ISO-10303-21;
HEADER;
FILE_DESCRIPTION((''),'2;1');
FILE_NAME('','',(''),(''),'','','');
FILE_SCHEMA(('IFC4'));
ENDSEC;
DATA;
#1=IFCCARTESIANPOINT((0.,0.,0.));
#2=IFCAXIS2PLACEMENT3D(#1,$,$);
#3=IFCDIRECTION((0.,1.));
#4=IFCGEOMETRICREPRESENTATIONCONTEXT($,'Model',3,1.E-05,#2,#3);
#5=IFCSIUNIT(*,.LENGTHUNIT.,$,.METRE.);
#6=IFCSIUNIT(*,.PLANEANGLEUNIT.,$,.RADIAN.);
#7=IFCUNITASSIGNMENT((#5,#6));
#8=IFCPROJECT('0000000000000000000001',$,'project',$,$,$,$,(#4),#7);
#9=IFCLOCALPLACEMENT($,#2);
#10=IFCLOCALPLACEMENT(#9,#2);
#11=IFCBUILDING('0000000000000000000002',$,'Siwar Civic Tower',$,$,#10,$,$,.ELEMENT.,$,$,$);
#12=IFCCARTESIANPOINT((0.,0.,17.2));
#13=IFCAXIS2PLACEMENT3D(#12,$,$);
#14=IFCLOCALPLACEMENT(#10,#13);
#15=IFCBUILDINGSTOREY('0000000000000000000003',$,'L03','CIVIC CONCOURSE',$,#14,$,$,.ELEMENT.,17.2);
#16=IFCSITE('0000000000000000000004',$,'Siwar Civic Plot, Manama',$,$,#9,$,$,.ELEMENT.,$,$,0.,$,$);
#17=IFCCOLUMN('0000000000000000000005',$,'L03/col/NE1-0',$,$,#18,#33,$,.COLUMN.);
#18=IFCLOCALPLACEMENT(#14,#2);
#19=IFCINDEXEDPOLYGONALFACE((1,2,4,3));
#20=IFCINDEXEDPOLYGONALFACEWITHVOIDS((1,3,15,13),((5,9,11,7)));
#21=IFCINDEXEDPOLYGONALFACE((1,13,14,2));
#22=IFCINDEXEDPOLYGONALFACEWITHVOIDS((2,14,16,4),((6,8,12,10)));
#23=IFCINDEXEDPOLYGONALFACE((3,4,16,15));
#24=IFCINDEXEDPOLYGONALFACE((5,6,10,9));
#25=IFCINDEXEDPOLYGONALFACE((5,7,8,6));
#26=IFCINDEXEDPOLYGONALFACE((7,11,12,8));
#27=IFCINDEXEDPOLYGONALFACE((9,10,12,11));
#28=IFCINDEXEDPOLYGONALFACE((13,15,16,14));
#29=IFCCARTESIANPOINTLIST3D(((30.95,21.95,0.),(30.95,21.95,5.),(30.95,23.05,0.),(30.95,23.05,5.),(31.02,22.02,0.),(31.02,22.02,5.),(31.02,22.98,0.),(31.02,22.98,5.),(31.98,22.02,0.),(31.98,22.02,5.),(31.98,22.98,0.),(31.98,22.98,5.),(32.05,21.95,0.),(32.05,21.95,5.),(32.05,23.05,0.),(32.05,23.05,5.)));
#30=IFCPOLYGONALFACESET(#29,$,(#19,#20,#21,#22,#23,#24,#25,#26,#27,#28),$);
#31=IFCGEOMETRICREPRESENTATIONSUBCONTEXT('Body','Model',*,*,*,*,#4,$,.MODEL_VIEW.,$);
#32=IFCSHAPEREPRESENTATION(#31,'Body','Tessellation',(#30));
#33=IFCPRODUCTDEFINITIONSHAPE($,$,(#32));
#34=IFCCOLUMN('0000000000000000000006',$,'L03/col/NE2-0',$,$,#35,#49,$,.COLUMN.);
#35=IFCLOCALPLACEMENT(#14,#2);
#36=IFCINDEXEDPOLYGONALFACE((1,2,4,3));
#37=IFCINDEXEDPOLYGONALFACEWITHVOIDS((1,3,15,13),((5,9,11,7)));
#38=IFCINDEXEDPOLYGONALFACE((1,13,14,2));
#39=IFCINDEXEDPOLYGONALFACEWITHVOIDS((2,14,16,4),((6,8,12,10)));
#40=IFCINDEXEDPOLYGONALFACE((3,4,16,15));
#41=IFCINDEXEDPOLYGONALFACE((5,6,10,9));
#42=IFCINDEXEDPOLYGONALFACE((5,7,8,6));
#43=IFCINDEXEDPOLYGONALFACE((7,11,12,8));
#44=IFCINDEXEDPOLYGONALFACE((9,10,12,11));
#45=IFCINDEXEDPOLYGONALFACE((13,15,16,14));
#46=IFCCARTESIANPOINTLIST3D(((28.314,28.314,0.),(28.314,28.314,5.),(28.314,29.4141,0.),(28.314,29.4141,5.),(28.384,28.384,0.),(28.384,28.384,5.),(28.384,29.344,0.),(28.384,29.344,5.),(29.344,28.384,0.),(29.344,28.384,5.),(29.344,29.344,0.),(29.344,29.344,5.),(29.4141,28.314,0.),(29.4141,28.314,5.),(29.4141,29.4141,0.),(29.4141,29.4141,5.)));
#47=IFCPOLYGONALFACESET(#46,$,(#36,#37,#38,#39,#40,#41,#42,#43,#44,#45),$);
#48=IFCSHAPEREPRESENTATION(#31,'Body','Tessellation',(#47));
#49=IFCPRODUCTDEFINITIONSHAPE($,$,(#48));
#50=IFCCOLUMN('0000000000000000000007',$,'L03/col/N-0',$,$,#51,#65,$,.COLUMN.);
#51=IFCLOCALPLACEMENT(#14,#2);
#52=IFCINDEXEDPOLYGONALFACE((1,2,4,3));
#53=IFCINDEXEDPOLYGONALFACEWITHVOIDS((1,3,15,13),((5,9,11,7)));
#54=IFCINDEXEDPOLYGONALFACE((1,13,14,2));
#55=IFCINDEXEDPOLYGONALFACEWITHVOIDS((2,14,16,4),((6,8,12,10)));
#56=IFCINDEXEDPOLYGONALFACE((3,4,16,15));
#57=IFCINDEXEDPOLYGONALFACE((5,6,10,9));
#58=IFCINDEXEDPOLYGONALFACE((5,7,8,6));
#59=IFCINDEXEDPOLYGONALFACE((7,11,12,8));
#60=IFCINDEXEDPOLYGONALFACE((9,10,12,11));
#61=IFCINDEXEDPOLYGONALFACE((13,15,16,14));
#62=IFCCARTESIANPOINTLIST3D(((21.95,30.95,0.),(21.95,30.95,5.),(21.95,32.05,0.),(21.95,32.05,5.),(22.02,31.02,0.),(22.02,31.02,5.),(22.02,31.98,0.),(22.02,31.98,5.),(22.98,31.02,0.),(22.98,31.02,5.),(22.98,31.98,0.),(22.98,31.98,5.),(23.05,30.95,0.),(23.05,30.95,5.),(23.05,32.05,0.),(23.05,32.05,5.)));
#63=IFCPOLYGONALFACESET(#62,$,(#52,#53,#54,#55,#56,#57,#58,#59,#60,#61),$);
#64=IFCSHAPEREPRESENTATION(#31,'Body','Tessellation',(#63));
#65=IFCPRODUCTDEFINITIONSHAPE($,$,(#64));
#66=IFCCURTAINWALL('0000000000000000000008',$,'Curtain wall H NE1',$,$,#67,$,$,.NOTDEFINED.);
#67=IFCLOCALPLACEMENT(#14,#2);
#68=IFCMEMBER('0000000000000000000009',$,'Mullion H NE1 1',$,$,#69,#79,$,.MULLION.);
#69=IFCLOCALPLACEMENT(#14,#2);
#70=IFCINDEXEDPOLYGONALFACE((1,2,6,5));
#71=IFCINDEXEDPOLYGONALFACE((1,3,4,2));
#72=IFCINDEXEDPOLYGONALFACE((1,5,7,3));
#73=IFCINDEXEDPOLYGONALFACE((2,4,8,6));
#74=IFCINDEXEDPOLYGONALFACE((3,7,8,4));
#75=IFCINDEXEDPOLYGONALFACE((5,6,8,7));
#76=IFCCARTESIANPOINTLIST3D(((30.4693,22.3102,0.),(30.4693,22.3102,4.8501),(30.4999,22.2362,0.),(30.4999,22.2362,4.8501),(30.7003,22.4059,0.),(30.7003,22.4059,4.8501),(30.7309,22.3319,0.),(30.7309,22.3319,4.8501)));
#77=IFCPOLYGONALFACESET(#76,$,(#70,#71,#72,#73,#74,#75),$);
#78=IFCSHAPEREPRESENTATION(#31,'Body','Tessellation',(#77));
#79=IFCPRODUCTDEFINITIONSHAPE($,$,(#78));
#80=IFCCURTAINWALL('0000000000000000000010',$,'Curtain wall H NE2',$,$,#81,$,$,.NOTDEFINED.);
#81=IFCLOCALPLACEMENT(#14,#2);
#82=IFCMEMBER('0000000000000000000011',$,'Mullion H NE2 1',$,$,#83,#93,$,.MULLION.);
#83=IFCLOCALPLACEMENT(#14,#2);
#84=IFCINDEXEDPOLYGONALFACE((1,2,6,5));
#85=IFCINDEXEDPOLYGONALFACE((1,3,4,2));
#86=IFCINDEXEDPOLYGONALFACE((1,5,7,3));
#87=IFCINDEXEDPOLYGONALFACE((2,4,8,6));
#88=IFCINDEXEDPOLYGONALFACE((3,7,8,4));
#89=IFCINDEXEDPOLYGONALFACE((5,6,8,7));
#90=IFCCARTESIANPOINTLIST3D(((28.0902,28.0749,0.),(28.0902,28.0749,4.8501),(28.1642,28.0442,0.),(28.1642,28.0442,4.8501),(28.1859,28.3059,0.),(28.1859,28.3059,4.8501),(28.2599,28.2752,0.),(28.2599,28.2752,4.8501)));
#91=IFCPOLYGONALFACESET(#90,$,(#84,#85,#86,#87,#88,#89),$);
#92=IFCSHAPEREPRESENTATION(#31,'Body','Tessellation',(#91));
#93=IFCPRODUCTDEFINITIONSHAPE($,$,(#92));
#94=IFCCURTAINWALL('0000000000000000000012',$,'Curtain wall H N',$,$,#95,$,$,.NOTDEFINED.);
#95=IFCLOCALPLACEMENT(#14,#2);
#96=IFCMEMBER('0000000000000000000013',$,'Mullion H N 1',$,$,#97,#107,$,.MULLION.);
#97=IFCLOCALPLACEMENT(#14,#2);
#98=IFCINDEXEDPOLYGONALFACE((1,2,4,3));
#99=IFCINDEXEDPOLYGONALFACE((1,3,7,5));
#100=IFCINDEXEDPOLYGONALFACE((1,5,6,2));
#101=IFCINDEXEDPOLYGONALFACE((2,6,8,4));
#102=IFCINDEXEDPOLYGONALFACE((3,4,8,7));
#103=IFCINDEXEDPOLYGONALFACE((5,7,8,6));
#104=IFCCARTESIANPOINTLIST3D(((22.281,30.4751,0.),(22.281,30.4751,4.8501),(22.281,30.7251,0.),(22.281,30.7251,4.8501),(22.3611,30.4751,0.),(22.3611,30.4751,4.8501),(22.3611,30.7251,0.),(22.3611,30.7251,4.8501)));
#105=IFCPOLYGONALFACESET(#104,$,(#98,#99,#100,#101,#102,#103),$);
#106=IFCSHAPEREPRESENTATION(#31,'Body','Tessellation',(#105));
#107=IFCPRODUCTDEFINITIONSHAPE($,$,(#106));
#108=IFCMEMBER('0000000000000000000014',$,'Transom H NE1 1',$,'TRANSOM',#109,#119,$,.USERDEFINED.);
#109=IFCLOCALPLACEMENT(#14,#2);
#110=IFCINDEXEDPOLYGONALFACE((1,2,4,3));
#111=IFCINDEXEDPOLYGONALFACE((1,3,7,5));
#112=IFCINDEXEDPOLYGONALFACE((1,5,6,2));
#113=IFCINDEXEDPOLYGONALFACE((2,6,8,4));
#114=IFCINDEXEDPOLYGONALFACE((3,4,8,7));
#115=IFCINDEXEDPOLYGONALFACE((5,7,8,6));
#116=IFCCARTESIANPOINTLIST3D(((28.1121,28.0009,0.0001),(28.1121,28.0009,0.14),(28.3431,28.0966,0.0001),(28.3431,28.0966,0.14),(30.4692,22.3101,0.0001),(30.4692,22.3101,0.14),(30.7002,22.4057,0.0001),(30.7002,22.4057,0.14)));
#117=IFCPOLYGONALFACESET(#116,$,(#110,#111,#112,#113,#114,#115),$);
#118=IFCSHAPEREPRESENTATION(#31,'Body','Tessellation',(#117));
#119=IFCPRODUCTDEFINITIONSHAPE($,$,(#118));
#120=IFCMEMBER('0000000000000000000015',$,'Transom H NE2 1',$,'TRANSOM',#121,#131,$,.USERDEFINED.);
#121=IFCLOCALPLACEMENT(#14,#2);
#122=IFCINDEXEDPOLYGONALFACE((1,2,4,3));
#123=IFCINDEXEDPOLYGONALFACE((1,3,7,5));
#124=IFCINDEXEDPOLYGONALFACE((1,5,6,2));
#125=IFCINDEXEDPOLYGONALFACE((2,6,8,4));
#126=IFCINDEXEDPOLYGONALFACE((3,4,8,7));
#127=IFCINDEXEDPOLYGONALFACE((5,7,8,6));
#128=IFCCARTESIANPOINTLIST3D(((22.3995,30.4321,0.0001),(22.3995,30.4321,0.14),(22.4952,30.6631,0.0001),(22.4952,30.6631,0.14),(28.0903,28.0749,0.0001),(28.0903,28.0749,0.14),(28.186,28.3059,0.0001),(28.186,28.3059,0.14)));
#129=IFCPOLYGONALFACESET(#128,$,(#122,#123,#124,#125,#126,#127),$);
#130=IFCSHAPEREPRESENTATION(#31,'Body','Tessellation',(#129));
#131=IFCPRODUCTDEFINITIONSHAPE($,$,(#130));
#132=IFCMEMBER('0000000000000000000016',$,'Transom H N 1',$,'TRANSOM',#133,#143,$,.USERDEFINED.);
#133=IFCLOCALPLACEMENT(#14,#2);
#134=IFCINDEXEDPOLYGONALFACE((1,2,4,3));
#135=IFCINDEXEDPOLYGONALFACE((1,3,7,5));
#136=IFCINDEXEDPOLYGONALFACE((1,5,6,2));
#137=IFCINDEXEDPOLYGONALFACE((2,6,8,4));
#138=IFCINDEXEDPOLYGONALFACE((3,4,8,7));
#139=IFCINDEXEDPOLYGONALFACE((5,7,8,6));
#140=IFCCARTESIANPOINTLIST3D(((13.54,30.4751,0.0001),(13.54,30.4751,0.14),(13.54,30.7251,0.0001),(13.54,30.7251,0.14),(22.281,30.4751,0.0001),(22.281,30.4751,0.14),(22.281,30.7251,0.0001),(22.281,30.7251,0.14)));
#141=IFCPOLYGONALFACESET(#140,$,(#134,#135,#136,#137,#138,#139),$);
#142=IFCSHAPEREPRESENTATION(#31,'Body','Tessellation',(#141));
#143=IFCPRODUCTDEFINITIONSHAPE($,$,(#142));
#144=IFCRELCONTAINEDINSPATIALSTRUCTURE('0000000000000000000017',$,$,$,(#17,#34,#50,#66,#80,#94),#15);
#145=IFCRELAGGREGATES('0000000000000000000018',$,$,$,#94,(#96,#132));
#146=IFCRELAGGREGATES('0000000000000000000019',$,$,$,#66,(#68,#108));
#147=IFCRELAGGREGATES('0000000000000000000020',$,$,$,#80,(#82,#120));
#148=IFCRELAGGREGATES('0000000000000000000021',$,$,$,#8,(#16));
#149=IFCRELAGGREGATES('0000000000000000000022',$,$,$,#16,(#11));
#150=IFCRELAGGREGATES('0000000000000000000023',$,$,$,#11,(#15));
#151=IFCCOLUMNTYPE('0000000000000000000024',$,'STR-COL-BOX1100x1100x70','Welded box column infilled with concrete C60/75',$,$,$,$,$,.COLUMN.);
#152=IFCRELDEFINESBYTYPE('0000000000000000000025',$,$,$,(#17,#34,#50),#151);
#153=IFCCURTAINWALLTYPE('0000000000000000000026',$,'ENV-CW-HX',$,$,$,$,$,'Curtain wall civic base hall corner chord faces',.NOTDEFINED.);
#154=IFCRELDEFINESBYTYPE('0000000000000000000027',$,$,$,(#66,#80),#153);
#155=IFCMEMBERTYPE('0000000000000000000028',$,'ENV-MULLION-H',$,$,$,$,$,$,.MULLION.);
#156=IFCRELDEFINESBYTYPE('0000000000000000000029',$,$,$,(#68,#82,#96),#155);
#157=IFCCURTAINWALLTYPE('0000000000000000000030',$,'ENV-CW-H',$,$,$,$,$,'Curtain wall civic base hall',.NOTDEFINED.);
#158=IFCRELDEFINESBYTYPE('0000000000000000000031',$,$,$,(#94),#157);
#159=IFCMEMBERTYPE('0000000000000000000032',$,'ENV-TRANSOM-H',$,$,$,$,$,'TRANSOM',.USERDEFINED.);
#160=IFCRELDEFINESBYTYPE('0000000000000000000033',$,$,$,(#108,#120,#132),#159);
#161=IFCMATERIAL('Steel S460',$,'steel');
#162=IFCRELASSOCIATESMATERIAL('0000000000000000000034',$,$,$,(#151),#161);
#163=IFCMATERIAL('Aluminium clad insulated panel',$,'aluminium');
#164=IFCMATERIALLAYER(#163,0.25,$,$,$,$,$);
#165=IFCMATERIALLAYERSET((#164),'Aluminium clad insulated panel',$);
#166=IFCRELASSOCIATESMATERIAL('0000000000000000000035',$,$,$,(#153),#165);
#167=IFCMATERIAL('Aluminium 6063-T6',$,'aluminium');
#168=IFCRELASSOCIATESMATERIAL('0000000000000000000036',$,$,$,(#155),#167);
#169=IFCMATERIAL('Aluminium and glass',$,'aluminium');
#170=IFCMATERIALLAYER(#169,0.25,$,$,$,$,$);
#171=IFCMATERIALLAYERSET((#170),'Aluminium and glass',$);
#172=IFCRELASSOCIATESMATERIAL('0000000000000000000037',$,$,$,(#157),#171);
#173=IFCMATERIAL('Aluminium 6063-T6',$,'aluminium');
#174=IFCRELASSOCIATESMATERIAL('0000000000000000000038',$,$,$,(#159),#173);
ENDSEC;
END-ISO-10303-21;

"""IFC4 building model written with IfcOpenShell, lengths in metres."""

from ifc_helpers import new_model, si_unit, direction, frame, origin, origin_2d, place, context, subcontext, project, spatial, rectangle, hollow_rectangle, extrude, material, layer, layer_set, material_profile, profile_set, type_object, element, aggregate, save


model = new_model("IFC4")

# Units and contexts
model_context = context("Model", 3, precision=1e-05, world=origin(), true_north=direction((0.0, 1.0)))
body_context = subcontext(model_context, "Body", "Model", "MODEL_VIEW")
ifc_project = project(units=[si_unit("LENGTHUNIT", "METRE"), si_unit("PLANEANGLEUNIT", "RADIAN")], contexts=[model_context])

# Site, building, storey
site_placement = place(None, origin())
site = spatial("IfcSite", under=ifc_project, at=site_placement, Name="Siwar Civic Plot, Manama", CompositionType="ELEMENT", RefElevation=0.0)
building_placement = place(site_placement, origin())
building = spatial("IfcBuilding", under=site, at=building_placement, Name="Siwar Civic Tower", CompositionType="ELEMENT")
storey_placement = place(building_placement, frame((0.0, 0.0, 17.2)))
storey = spatial("IfcBuildingStorey", under=building, at=storey_placement, Name="L03", Description="CIVIC CONCOURSE", CompositionType="ELEMENT", Elevation=17.2)

# Columns
ifc_material_1 = material(Name="Steel S460", Category="steel")
ifc_material_profile_1 = material_profile(ifc_material_1, hollow_rectangle(XDim=1.1001, YDim=1.1001, WallThickness=0.0701, at=origin_2d()), Name="BOX1100x1100x70")
ifc_profile_set_1 = profile_set([ifc_material_profile_1], Name="Steel S460")
column_type = type_object("IfcColumnType", Name="STR-COL-BOX1100x1100x70", Description="Welded box column infilled with concrete C60/75", PredefinedType="COLUMN", material=ifc_profile_set_1)
for number, where, z_axis, x_axis, name in (
    (1, (31.5, 22.5, 0.0), (0.0, 0.0, 1.0), (1.0, 0.0, 0.0), "L03/col/NE1-0"),
    (2, (28.864, 28.864, 0.0), (0.0, 0.0, 1.0), (1.0, 0.0, 0.0), "L03/col/NE2-0"),
    (3, (22.5, 31.5, 0.0), (0.0, 0.0, 1.0), (1.0, 0.0, 0.0), "L03/col/N-0"),
):
    element("IfcColumn", number, at=place(storey_placement, frame(where, z_axis=z_axis, x_axis=x_axis)), inside=storey, type_object=column_type, Name=name, PredefinedType="COLUMN", context=body_context, shape_type="SweptSolid", body=[
        extrude(hollow_rectangle(XDim=1.1001, YDim=1.1001, WallThickness=0.0701, at=origin_2d()), origin(), (0.0, 0.0, 1.0), 5.0),
    ])

# Curtain walls, members
ifc_material_2 = material(Name="Aluminium clad insulated panel", Category="aluminium")
ifc_layer_1 = layer(ifc_material_2, 0.25)
ifc_layer_set_1 = layer_set([ifc_layer_1], Name="Aluminium clad insulated panel")
curtain_wall_type_1 = type_object("IfcCurtainWallType", Name="ENV-CW-HX", ElementType="Curtain wall civic base hall corner chord faces", PredefinedType="NOTDEFINED", material=ifc_layer_set_1)
curtain_wall_1_placement = place(storey_placement, origin())
curtain_wall_1 = element("IfcCurtainWall", 4, at=curtain_wall_1_placement, inside=storey, type_object=curtain_wall_type_1, Name="Curtain wall H NE1", PredefinedType="NOTDEFINED")
ifc_material_3 = material(Name="Aluminium 6063-T6", Category="aluminium")
ifc_material_profile_2 = material_profile(ifc_material_3, rectangle(XDim=0.25, YDim=0.0801, at=origin_2d()), Name="AL 250x80")
ifc_profile_set_2 = profile_set([ifc_material_profile_2], Name="Aluminium 6063-T6")
member_type_1 = type_object("IfcMemberType", Name="ENV-MULLION-H", PredefinedType="MULLION", material=ifc_profile_set_2)
member_1_placement = place(storey_placement, frame((30.6001, 22.321, 0.0), z_axis=(0.0, 0.0, 1.0), x_axis=(-0.92388, -0.382683, 0.0)))
member_1 = element("IfcMember", 5, at=member_1_placement, type_object=member_type_1, Name="Mullion H NE1 1", PredefinedType="MULLION", context=body_context, shape_type="SweptSolid", body=[
    extrude(rectangle(XDim=0.25, YDim=0.0801, at=origin_2d()), origin(), (0.0, 0.0, 1.0), 4.8501),
])
curtain_wall_2_placement = place(storey_placement, origin())
curtain_wall_2 = element("IfcCurtainWall", 6, at=curtain_wall_2_placement, inside=storey, type_object=curtain_wall_type_1, Name="Curtain wall H NE2", PredefinedType="NOTDEFINED")
member_2_placement = place(storey_placement, frame((28.175, 28.175, 0.0), z_axis=(0.0, 0.0, 1.0), x_axis=(-0.382683, -0.92388, 0.0)))
member_2 = element("IfcMember", 7, at=member_2_placement, type_object=member_type_1, Name="Mullion H NE2 1", PredefinedType="MULLION", context=body_context, shape_type="SweptSolid", body=[
    extrude(rectangle(XDim=0.25, YDim=0.0801, at=origin_2d()), origin(), (0.0, 0.0, 1.0), 4.8501),
])
ifc_material_4 = material(Name="Aluminium and glass", Category="aluminium")
ifc_layer_2 = layer(ifc_material_4, 0.25)
ifc_layer_set_2 = layer_set([ifc_layer_2], Name="Aluminium and glass")
curtain_wall_type_2 = type_object("IfcCurtainWallType", Name="ENV-CW-H", ElementType="Curtain wall civic base hall", PredefinedType="NOTDEFINED", material=ifc_layer_set_2)
curtain_wall_3_placement = place(storey_placement, origin())
curtain_wall_3 = element("IfcCurtainWall", 8, at=curtain_wall_3_placement, inside=storey, type_object=curtain_wall_type_2, Name="Curtain wall H N", PredefinedType="NOTDEFINED")
member_3_placement = place(storey_placement, frame((22.321, 30.6001, 0.0), z_axis=(0.0, 0.0, 1.0), x_axis=(0.0, -1.0, 0.0)))
member_3 = element("IfcMember", 9, at=member_3_placement, type_object=member_type_1, Name="Mullion H N 1", PredefinedType="MULLION", context=body_context, shape_type="SweptSolid", body=[
    extrude(rectangle(XDim=0.25, YDim=0.0801, at=origin_2d()), origin(), (0.0, 0.0, 1.0), 4.8501),
])

# Members
ifc_material_5 = material(Name="Aluminium 6063-T6", Category="aluminium")
ifc_material_profile_3 = material_profile(ifc_material_5, rectangle(XDim=0.25, YDim=0.1399, at=origin_2d()), Name="AL 250x140")
ifc_profile_set_3 = profile_set([ifc_material_profile_3], Name="Aluminium 6063-T6")
member_type_2 = type_object("IfcMemberType", Name="ENV-TRANSOM-H", ElementType="TRANSOM", PredefinedType="USERDEFINED", material=ifc_profile_set_3)
member_4_placement = place(storey_placement, frame((30.5847, 22.3579, 0.0701), z_axis=(-0.382673, 0.923884, 0.0), x_axis=(-0.923884, -0.382673, 0.0)))
member_4 = element("IfcMember", 10, at=member_4_placement, type_object=member_type_2, Name="Transom H NE1 1", ObjectType="TRANSOM", PredefinedType="USERDEFINED", context=body_context, shape_type="SweptSolid", body=[
    extrude(rectangle(XDim=0.25, YDim=0.1399, at=origin_2d()), origin(), (0.0, 0.0, 1.0), 6.1597),
])
member_5_placement = place(storey_placement, frame((28.1382, 28.1904, 0.0701), z_axis=(-0.923884, 0.382673, 0.0), x_axis=(-0.382673, -0.923884, 0.0)))
member_5 = element("IfcMember", 11, at=member_5_placement, type_object=member_type_2, Name="Transom H NE2 1", ObjectType="TRANSOM", PredefinedType="USERDEFINED", context=body_context, shape_type="SweptSolid", body=[
    extrude(rectangle(XDim=0.25, YDim=0.1399, at=origin_2d()), origin(), (0.0, 0.0, 1.0), 6.1597),
])
member_6_placement = place(storey_placement, frame((22.281, 30.6001, 0.0701), z_axis=(-1.0, 0.0, 0.0), x_axis=(0.0, -1.0, 0.0)))
member_6 = element("IfcMember", 12, at=member_6_placement, type_object=member_type_2, Name="Transom H N 1", ObjectType="TRANSOM", PredefinedType="USERDEFINED", context=body_context, shape_type="SweptSolid", body=[
    extrude(rectangle(XDim=0.25, YDim=0.1399, at=origin_2d()), origin(), (0.0, 0.0, 1.0), 8.741),
])

aggregate(curtain_wall_3, [member_3, member_6])
aggregate(curtain_wall_1, [member_1, member_4])
aggregate(curtain_wall_2, [member_2, member_5])

save(model, "model.ifc")
